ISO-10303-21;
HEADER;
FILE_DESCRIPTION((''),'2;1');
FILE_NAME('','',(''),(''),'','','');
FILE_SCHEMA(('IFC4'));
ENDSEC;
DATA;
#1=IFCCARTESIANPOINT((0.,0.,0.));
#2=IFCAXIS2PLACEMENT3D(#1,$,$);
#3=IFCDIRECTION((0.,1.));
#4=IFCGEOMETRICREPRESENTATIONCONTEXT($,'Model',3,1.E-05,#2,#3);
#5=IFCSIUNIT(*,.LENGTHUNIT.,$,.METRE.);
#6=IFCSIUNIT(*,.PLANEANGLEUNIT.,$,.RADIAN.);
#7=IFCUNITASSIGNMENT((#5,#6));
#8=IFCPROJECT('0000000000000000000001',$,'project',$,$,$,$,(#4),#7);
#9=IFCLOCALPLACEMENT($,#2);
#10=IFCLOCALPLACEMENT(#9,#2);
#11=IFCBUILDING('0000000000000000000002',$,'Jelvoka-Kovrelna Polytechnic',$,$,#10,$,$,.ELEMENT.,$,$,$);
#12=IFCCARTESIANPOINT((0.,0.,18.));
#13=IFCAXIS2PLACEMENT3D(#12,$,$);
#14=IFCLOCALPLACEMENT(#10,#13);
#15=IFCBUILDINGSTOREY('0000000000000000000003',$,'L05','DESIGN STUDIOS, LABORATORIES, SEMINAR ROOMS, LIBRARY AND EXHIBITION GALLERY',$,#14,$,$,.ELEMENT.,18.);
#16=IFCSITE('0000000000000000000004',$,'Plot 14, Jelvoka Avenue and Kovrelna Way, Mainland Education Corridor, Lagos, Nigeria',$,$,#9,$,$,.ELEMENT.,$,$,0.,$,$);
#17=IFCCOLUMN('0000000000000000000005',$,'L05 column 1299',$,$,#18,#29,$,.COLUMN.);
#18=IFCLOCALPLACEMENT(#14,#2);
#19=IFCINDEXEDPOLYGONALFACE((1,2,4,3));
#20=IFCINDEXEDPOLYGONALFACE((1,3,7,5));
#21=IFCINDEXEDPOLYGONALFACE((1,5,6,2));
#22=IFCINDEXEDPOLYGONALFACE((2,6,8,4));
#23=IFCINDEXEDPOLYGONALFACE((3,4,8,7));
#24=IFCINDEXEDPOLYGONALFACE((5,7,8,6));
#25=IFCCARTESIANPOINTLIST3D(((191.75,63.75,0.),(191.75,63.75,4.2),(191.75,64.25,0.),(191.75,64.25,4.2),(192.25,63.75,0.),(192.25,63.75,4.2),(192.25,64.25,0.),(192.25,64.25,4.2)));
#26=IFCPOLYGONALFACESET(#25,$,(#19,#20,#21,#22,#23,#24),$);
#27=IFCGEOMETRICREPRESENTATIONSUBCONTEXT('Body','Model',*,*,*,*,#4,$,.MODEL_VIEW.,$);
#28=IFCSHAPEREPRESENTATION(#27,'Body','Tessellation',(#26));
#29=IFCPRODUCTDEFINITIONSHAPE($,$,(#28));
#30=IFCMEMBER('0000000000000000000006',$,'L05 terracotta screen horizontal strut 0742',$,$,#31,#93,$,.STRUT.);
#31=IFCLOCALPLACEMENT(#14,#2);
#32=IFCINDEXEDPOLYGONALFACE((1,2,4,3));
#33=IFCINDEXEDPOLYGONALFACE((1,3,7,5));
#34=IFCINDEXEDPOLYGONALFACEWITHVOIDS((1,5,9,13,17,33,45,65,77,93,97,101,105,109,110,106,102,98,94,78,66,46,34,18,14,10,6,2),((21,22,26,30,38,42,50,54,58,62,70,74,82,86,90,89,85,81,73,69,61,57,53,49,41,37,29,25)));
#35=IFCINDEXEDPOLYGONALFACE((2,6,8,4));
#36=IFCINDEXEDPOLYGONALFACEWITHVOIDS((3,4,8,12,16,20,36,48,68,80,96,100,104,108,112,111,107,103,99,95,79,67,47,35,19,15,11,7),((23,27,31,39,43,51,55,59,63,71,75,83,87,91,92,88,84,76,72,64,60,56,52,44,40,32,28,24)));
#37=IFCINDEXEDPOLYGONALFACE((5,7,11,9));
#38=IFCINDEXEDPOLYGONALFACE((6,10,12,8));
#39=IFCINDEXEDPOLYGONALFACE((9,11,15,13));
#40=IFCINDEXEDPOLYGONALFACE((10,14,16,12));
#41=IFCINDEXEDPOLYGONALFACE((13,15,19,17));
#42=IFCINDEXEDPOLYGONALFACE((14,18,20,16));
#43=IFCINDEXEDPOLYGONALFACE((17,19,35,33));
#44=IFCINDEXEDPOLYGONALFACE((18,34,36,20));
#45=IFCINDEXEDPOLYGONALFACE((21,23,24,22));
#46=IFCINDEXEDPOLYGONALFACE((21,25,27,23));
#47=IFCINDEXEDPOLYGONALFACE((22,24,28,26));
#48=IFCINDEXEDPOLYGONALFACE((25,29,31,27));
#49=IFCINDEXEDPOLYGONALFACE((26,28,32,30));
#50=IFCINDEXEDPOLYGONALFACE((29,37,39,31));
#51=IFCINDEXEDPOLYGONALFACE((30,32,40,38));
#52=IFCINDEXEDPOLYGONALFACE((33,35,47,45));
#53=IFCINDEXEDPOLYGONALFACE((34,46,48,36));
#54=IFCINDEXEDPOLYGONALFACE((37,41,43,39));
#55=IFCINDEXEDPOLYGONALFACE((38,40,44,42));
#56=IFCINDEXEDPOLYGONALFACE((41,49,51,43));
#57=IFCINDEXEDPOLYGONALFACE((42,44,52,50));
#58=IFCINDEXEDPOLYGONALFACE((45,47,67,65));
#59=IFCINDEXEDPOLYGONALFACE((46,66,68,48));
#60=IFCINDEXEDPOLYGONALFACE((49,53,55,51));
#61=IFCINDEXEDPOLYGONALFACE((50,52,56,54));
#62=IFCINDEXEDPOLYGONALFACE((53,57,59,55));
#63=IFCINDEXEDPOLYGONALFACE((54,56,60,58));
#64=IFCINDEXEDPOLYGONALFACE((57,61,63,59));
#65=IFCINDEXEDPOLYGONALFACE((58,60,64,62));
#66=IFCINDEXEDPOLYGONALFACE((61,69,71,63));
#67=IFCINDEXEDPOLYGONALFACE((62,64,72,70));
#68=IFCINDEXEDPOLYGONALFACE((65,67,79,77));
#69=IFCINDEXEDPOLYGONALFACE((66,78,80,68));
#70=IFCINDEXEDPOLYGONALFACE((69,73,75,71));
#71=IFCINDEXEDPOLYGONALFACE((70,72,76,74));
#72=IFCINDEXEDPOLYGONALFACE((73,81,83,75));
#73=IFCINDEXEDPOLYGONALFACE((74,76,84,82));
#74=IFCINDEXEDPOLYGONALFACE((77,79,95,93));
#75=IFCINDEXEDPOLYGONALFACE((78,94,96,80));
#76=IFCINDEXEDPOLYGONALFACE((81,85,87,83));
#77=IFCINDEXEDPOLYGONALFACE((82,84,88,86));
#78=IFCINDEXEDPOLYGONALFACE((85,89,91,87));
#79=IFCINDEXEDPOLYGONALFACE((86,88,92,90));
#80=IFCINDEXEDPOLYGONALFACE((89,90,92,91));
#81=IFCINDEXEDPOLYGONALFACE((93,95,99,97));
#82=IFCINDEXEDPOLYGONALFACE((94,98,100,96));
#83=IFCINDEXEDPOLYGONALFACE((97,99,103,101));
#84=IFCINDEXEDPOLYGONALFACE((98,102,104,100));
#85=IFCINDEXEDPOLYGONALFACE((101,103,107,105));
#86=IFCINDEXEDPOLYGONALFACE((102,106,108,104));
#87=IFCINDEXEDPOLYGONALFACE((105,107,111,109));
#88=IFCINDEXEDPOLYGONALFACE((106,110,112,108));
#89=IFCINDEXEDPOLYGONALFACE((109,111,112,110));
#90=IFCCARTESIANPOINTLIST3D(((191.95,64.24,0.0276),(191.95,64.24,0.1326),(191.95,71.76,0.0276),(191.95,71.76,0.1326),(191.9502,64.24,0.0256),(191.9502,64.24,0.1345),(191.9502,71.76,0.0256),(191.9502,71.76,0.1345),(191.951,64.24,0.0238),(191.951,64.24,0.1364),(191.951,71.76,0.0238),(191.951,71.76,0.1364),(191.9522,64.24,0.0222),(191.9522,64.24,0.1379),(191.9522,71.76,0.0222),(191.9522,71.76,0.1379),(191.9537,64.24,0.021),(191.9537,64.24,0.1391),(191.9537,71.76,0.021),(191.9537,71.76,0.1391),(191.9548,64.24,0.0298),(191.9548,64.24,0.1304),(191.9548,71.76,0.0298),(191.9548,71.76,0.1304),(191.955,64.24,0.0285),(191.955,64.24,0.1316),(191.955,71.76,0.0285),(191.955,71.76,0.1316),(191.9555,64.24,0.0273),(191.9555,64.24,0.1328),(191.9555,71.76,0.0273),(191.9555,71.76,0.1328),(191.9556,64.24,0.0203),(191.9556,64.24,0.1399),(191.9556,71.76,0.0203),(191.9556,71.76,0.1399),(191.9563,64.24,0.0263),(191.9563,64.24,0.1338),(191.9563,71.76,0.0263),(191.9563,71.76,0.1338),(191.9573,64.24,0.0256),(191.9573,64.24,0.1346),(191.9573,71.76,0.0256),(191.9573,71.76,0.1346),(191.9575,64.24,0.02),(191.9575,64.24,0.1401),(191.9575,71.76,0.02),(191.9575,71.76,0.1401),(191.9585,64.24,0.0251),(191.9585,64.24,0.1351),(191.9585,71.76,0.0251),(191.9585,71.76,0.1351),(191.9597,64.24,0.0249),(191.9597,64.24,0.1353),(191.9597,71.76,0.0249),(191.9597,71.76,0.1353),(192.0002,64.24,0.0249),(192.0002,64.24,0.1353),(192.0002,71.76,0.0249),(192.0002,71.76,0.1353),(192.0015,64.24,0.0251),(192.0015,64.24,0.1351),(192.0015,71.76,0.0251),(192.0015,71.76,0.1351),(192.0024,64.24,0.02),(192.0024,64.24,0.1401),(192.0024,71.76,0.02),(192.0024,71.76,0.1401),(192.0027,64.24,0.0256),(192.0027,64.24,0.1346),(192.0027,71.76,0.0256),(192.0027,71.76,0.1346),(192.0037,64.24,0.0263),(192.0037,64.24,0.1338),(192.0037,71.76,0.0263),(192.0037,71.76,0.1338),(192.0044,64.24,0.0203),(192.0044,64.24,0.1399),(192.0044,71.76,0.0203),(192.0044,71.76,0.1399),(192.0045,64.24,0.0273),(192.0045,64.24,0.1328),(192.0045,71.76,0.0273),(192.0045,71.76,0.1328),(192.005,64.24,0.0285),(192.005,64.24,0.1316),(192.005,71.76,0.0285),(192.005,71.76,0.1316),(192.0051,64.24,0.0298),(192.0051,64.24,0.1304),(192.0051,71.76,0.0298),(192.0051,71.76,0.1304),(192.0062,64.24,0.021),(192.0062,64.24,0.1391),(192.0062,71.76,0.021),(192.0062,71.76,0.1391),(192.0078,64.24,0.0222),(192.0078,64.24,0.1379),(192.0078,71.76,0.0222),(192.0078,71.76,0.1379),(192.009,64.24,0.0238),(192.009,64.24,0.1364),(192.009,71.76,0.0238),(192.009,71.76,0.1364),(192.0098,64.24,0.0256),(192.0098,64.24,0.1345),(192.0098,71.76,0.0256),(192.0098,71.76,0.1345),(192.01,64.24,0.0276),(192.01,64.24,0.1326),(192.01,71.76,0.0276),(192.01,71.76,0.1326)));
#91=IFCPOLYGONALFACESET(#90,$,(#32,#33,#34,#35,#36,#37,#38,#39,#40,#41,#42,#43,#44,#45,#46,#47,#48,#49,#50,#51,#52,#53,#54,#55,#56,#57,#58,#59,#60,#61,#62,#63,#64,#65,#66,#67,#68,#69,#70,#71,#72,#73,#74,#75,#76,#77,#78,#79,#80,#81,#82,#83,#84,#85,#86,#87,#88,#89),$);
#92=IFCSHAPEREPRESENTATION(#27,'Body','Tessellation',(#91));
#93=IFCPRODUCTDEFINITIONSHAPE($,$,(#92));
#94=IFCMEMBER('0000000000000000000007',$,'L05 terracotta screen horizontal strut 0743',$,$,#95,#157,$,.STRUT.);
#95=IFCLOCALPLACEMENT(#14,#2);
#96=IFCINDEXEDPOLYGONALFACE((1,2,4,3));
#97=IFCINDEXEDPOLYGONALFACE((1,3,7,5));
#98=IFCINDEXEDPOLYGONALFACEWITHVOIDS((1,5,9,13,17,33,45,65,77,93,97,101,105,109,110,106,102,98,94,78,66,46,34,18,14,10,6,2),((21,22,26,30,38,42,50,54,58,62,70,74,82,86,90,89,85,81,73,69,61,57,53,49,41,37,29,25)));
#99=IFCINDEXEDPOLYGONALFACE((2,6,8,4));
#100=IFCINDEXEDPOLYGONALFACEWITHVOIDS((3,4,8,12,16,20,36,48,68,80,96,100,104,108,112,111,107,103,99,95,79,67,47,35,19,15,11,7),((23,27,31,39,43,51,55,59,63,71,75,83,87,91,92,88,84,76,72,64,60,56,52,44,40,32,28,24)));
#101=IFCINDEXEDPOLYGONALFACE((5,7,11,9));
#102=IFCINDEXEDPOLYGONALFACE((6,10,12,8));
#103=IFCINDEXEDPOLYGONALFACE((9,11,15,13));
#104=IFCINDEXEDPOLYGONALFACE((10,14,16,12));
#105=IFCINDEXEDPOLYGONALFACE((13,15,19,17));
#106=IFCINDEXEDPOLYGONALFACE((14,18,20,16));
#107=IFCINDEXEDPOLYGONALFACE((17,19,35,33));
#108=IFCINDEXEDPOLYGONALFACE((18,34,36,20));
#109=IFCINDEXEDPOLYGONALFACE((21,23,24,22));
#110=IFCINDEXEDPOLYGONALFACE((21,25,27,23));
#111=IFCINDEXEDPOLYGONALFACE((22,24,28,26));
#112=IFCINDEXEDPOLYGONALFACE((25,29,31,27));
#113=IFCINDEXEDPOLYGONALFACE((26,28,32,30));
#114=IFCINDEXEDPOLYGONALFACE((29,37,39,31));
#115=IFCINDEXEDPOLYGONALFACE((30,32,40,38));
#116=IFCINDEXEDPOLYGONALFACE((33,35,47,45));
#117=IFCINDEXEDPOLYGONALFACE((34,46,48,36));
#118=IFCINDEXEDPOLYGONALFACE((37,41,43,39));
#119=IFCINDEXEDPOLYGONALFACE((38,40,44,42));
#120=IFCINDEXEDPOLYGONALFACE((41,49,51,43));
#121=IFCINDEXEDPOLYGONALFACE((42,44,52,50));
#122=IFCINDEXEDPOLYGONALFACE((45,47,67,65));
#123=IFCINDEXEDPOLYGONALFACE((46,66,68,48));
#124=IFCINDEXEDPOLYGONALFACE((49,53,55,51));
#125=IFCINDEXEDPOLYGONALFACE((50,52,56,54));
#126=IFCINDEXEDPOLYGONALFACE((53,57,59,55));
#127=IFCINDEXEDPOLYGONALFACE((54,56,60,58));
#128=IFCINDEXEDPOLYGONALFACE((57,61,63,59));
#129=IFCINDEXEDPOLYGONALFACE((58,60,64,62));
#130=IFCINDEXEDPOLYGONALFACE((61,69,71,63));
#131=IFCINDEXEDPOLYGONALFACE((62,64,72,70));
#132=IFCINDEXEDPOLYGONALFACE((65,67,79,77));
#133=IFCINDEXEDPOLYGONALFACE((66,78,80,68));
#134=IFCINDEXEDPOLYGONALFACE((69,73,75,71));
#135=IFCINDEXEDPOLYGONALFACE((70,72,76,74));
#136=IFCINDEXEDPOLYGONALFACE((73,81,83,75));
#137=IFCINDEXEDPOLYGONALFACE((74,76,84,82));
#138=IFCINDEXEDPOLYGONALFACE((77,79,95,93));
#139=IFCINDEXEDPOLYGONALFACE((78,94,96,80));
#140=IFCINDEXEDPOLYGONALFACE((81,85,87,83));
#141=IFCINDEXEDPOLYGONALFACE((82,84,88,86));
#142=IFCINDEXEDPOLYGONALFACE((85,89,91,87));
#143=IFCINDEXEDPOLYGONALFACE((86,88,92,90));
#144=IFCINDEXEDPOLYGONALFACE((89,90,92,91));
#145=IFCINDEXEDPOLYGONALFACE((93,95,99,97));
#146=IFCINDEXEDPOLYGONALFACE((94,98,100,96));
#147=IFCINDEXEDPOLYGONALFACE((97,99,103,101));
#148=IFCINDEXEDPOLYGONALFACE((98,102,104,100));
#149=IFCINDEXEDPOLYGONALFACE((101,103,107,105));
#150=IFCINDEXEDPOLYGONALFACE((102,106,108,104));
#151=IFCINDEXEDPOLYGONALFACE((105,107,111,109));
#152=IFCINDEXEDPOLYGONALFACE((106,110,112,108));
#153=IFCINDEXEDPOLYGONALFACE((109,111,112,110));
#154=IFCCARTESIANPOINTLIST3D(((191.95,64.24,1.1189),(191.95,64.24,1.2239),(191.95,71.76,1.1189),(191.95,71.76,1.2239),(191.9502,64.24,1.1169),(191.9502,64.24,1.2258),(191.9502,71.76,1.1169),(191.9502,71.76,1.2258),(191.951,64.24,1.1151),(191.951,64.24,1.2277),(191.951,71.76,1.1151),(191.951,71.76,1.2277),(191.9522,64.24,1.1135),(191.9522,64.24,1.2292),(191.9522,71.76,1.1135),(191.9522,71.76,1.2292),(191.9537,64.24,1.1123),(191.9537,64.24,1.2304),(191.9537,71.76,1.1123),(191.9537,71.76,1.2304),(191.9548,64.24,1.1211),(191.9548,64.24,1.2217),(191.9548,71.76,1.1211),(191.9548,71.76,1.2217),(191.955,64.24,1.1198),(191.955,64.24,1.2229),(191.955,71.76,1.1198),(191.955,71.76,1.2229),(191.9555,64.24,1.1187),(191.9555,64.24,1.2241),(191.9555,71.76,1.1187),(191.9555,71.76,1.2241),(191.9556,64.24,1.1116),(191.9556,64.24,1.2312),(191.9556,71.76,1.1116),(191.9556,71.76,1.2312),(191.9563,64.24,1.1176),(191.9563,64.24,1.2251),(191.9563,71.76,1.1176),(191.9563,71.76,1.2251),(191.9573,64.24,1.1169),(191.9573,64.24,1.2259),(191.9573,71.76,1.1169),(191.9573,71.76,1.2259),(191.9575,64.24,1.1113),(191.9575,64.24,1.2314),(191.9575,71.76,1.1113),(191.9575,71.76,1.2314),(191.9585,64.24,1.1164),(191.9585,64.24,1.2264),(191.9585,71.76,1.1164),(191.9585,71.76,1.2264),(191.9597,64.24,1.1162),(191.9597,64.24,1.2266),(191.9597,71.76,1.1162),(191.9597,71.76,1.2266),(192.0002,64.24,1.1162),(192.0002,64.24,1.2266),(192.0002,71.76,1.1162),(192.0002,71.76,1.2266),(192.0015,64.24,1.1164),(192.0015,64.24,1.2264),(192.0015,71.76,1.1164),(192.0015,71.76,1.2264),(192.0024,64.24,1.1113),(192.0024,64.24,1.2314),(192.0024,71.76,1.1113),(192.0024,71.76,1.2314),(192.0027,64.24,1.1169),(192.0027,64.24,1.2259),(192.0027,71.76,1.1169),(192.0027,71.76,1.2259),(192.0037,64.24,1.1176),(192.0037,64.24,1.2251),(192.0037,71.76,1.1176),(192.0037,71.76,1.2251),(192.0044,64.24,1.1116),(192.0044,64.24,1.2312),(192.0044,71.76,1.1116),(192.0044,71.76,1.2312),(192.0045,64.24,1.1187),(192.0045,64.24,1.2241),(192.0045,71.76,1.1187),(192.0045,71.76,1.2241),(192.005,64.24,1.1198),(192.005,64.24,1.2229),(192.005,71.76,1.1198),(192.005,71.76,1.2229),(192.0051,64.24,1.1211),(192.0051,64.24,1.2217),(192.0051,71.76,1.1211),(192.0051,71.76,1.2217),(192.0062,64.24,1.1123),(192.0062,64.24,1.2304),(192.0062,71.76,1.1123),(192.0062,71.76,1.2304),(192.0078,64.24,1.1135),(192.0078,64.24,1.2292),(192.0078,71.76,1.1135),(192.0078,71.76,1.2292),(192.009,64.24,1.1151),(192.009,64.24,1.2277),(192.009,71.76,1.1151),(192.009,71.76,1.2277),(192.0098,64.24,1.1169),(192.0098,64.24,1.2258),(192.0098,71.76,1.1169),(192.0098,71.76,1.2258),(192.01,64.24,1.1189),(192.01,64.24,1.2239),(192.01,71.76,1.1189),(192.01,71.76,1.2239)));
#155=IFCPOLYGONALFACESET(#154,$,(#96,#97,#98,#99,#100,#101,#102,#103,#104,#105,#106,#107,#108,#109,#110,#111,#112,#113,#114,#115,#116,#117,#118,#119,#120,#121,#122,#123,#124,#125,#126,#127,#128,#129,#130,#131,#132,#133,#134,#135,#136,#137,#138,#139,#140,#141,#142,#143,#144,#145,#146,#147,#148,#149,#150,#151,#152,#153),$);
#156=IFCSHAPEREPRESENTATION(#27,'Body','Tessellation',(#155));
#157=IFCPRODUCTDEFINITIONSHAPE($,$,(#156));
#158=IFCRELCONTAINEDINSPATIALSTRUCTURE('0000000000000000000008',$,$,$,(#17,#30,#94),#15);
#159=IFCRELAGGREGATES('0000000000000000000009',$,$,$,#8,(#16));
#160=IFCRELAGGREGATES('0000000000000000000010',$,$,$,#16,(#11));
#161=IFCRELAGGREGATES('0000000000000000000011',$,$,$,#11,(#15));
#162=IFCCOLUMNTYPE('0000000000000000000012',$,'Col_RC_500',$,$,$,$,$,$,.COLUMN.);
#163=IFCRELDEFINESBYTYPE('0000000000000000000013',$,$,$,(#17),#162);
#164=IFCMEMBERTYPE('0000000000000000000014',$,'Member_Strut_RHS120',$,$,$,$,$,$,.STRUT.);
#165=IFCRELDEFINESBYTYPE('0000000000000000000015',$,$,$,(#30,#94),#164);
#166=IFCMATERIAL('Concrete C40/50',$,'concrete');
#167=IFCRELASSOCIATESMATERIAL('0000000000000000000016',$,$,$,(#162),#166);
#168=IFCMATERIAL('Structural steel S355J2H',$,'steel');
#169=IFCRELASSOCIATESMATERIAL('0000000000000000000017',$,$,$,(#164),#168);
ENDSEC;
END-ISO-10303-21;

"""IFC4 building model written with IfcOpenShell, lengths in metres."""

from ifc_helpers import new_model, si_unit, direction, frame, origin, origin_2d, place, context, subcontext, project, spatial, rectangle, hollow_rectangle, extrude, material, material_profile, profile_set, type_object, element, save


model = new_model("IFC4")

# Units and contexts
model_context = context("Model", 3, precision=1e-05, world=origin(), true_north=direction((0.0, 1.0)))
body_context = subcontext(model_context, "Body", "Model", "MODEL_VIEW")
ifc_project = project(units=[si_unit("LENGTHUNIT", "METRE"), si_unit("PLANEANGLEUNIT", "RADIAN")], contexts=[model_context])

# Site, building, storey
site_placement = place(None, origin())
site = spatial("IfcSite", under=ifc_project, at=site_placement, Name="Plot 14, Jelvoka Avenue and Kovrelna Way, Mainland Education Corridor, Lagos, Nigeria", CompositionType="ELEMENT", RefElevation=0.0)
building_placement = place(site_placement, origin())
building = spatial("IfcBuilding", under=site, at=building_placement, Name="Jelvoka-Kovrelna Polytechnic", CompositionType="ELEMENT")
storey_placement = place(building_placement, frame((0.0, 0.0, 18.0)))
storey = spatial("IfcBuildingStorey", under=building, at=storey_placement, Name="L05", Description="DESIGN STUDIOS, LABORATORIES, SEMINAR ROOMS, LIBRARY AND EXHIBITION GALLERY", CompositionType="ELEMENT", Elevation=18.0)

# Column
ifc_material_1 = material(Name="Concrete C40/50", Category="concrete")
ifc_material_profile_1 = material_profile(ifc_material_1, rectangle(XDim=0.5, YDim=0.5, at=origin_2d()), Name="RC 500x500")
ifc_profile_set_1 = profile_set([ifc_material_profile_1], Name="Concrete C40/50")
column_type = type_object("IfcColumnType", Name="Col_RC_500", PredefinedType="COLUMN", material=ifc_profile_set_1)
column_placement = place(storey_placement, frame((192.0, 64.0, 0.0), z_axis=(0.0, 0.0, 1.0), x_axis=(1.0, 0.0, 0.0)))
element("IfcColumn", 1, at=column_placement, inside=storey, type_object=column_type, Name="L05 column 1299", PredefinedType="COLUMN", context=body_context, shape_type="SweptSolid", body=[
    extrude(rectangle(XDim=0.5, YDim=0.5, at=origin_2d()), origin(), (0.0, 0.0, 1.0), 4.2),
])

# Members
ifc_material_2 = material(Name="Structural steel S355J2H", Category="steel")
ifc_material_profile_2 = material_profile(ifc_material_2, hollow_rectangle(XDim=0.0601, YDim=0.1201, WallThickness=0.0049, InnerFilletRadius=0.0049, OuterFilletRadius=0.0076, at=origin_2d()), Name="120x60x5.0 RHS")
ifc_profile_set_2 = profile_set([ifc_material_profile_2], Name="Structural steel S355J2H")
member_type_1 = type_object("IfcMemberType", Name="Member_Strut_RHS120", PredefinedType="STRUT", material=ifc_profile_set_2)
for number, where, z_axis, x_axis, name in (
    (2, (191.98, 64.24, 0.0801), (0.0, 1.0, 0.0), (-1.0, 0.0, 0.0), "L05 terracotta screen horizontal strut 0742"),
    (3, (191.98, 64.24, 1.1714), (0.0, 1.0, 0.0), (-1.0, 0.0, 0.0), "L05 terracotta screen horizontal strut 0743"),
):
    element("IfcMember", number, at=place(storey_placement, frame(where, z_axis=z_axis, x_axis=x_axis)), inside=storey, type_object=member_type_1, Name=name, PredefinedType="STRUT", context=body_context, shape_type="SweptSolid", body=[
        extrude(hollow_rectangle(XDim=0.0601, YDim=0.1201, WallThickness=0.0049, InnerFilletRadius=0.0049, OuterFilletRadius=0.0076, at=origin_2d()), origin(), (0.0, 0.0, 1.0), 7.52),
    ])

save(model, "model.ifc")
